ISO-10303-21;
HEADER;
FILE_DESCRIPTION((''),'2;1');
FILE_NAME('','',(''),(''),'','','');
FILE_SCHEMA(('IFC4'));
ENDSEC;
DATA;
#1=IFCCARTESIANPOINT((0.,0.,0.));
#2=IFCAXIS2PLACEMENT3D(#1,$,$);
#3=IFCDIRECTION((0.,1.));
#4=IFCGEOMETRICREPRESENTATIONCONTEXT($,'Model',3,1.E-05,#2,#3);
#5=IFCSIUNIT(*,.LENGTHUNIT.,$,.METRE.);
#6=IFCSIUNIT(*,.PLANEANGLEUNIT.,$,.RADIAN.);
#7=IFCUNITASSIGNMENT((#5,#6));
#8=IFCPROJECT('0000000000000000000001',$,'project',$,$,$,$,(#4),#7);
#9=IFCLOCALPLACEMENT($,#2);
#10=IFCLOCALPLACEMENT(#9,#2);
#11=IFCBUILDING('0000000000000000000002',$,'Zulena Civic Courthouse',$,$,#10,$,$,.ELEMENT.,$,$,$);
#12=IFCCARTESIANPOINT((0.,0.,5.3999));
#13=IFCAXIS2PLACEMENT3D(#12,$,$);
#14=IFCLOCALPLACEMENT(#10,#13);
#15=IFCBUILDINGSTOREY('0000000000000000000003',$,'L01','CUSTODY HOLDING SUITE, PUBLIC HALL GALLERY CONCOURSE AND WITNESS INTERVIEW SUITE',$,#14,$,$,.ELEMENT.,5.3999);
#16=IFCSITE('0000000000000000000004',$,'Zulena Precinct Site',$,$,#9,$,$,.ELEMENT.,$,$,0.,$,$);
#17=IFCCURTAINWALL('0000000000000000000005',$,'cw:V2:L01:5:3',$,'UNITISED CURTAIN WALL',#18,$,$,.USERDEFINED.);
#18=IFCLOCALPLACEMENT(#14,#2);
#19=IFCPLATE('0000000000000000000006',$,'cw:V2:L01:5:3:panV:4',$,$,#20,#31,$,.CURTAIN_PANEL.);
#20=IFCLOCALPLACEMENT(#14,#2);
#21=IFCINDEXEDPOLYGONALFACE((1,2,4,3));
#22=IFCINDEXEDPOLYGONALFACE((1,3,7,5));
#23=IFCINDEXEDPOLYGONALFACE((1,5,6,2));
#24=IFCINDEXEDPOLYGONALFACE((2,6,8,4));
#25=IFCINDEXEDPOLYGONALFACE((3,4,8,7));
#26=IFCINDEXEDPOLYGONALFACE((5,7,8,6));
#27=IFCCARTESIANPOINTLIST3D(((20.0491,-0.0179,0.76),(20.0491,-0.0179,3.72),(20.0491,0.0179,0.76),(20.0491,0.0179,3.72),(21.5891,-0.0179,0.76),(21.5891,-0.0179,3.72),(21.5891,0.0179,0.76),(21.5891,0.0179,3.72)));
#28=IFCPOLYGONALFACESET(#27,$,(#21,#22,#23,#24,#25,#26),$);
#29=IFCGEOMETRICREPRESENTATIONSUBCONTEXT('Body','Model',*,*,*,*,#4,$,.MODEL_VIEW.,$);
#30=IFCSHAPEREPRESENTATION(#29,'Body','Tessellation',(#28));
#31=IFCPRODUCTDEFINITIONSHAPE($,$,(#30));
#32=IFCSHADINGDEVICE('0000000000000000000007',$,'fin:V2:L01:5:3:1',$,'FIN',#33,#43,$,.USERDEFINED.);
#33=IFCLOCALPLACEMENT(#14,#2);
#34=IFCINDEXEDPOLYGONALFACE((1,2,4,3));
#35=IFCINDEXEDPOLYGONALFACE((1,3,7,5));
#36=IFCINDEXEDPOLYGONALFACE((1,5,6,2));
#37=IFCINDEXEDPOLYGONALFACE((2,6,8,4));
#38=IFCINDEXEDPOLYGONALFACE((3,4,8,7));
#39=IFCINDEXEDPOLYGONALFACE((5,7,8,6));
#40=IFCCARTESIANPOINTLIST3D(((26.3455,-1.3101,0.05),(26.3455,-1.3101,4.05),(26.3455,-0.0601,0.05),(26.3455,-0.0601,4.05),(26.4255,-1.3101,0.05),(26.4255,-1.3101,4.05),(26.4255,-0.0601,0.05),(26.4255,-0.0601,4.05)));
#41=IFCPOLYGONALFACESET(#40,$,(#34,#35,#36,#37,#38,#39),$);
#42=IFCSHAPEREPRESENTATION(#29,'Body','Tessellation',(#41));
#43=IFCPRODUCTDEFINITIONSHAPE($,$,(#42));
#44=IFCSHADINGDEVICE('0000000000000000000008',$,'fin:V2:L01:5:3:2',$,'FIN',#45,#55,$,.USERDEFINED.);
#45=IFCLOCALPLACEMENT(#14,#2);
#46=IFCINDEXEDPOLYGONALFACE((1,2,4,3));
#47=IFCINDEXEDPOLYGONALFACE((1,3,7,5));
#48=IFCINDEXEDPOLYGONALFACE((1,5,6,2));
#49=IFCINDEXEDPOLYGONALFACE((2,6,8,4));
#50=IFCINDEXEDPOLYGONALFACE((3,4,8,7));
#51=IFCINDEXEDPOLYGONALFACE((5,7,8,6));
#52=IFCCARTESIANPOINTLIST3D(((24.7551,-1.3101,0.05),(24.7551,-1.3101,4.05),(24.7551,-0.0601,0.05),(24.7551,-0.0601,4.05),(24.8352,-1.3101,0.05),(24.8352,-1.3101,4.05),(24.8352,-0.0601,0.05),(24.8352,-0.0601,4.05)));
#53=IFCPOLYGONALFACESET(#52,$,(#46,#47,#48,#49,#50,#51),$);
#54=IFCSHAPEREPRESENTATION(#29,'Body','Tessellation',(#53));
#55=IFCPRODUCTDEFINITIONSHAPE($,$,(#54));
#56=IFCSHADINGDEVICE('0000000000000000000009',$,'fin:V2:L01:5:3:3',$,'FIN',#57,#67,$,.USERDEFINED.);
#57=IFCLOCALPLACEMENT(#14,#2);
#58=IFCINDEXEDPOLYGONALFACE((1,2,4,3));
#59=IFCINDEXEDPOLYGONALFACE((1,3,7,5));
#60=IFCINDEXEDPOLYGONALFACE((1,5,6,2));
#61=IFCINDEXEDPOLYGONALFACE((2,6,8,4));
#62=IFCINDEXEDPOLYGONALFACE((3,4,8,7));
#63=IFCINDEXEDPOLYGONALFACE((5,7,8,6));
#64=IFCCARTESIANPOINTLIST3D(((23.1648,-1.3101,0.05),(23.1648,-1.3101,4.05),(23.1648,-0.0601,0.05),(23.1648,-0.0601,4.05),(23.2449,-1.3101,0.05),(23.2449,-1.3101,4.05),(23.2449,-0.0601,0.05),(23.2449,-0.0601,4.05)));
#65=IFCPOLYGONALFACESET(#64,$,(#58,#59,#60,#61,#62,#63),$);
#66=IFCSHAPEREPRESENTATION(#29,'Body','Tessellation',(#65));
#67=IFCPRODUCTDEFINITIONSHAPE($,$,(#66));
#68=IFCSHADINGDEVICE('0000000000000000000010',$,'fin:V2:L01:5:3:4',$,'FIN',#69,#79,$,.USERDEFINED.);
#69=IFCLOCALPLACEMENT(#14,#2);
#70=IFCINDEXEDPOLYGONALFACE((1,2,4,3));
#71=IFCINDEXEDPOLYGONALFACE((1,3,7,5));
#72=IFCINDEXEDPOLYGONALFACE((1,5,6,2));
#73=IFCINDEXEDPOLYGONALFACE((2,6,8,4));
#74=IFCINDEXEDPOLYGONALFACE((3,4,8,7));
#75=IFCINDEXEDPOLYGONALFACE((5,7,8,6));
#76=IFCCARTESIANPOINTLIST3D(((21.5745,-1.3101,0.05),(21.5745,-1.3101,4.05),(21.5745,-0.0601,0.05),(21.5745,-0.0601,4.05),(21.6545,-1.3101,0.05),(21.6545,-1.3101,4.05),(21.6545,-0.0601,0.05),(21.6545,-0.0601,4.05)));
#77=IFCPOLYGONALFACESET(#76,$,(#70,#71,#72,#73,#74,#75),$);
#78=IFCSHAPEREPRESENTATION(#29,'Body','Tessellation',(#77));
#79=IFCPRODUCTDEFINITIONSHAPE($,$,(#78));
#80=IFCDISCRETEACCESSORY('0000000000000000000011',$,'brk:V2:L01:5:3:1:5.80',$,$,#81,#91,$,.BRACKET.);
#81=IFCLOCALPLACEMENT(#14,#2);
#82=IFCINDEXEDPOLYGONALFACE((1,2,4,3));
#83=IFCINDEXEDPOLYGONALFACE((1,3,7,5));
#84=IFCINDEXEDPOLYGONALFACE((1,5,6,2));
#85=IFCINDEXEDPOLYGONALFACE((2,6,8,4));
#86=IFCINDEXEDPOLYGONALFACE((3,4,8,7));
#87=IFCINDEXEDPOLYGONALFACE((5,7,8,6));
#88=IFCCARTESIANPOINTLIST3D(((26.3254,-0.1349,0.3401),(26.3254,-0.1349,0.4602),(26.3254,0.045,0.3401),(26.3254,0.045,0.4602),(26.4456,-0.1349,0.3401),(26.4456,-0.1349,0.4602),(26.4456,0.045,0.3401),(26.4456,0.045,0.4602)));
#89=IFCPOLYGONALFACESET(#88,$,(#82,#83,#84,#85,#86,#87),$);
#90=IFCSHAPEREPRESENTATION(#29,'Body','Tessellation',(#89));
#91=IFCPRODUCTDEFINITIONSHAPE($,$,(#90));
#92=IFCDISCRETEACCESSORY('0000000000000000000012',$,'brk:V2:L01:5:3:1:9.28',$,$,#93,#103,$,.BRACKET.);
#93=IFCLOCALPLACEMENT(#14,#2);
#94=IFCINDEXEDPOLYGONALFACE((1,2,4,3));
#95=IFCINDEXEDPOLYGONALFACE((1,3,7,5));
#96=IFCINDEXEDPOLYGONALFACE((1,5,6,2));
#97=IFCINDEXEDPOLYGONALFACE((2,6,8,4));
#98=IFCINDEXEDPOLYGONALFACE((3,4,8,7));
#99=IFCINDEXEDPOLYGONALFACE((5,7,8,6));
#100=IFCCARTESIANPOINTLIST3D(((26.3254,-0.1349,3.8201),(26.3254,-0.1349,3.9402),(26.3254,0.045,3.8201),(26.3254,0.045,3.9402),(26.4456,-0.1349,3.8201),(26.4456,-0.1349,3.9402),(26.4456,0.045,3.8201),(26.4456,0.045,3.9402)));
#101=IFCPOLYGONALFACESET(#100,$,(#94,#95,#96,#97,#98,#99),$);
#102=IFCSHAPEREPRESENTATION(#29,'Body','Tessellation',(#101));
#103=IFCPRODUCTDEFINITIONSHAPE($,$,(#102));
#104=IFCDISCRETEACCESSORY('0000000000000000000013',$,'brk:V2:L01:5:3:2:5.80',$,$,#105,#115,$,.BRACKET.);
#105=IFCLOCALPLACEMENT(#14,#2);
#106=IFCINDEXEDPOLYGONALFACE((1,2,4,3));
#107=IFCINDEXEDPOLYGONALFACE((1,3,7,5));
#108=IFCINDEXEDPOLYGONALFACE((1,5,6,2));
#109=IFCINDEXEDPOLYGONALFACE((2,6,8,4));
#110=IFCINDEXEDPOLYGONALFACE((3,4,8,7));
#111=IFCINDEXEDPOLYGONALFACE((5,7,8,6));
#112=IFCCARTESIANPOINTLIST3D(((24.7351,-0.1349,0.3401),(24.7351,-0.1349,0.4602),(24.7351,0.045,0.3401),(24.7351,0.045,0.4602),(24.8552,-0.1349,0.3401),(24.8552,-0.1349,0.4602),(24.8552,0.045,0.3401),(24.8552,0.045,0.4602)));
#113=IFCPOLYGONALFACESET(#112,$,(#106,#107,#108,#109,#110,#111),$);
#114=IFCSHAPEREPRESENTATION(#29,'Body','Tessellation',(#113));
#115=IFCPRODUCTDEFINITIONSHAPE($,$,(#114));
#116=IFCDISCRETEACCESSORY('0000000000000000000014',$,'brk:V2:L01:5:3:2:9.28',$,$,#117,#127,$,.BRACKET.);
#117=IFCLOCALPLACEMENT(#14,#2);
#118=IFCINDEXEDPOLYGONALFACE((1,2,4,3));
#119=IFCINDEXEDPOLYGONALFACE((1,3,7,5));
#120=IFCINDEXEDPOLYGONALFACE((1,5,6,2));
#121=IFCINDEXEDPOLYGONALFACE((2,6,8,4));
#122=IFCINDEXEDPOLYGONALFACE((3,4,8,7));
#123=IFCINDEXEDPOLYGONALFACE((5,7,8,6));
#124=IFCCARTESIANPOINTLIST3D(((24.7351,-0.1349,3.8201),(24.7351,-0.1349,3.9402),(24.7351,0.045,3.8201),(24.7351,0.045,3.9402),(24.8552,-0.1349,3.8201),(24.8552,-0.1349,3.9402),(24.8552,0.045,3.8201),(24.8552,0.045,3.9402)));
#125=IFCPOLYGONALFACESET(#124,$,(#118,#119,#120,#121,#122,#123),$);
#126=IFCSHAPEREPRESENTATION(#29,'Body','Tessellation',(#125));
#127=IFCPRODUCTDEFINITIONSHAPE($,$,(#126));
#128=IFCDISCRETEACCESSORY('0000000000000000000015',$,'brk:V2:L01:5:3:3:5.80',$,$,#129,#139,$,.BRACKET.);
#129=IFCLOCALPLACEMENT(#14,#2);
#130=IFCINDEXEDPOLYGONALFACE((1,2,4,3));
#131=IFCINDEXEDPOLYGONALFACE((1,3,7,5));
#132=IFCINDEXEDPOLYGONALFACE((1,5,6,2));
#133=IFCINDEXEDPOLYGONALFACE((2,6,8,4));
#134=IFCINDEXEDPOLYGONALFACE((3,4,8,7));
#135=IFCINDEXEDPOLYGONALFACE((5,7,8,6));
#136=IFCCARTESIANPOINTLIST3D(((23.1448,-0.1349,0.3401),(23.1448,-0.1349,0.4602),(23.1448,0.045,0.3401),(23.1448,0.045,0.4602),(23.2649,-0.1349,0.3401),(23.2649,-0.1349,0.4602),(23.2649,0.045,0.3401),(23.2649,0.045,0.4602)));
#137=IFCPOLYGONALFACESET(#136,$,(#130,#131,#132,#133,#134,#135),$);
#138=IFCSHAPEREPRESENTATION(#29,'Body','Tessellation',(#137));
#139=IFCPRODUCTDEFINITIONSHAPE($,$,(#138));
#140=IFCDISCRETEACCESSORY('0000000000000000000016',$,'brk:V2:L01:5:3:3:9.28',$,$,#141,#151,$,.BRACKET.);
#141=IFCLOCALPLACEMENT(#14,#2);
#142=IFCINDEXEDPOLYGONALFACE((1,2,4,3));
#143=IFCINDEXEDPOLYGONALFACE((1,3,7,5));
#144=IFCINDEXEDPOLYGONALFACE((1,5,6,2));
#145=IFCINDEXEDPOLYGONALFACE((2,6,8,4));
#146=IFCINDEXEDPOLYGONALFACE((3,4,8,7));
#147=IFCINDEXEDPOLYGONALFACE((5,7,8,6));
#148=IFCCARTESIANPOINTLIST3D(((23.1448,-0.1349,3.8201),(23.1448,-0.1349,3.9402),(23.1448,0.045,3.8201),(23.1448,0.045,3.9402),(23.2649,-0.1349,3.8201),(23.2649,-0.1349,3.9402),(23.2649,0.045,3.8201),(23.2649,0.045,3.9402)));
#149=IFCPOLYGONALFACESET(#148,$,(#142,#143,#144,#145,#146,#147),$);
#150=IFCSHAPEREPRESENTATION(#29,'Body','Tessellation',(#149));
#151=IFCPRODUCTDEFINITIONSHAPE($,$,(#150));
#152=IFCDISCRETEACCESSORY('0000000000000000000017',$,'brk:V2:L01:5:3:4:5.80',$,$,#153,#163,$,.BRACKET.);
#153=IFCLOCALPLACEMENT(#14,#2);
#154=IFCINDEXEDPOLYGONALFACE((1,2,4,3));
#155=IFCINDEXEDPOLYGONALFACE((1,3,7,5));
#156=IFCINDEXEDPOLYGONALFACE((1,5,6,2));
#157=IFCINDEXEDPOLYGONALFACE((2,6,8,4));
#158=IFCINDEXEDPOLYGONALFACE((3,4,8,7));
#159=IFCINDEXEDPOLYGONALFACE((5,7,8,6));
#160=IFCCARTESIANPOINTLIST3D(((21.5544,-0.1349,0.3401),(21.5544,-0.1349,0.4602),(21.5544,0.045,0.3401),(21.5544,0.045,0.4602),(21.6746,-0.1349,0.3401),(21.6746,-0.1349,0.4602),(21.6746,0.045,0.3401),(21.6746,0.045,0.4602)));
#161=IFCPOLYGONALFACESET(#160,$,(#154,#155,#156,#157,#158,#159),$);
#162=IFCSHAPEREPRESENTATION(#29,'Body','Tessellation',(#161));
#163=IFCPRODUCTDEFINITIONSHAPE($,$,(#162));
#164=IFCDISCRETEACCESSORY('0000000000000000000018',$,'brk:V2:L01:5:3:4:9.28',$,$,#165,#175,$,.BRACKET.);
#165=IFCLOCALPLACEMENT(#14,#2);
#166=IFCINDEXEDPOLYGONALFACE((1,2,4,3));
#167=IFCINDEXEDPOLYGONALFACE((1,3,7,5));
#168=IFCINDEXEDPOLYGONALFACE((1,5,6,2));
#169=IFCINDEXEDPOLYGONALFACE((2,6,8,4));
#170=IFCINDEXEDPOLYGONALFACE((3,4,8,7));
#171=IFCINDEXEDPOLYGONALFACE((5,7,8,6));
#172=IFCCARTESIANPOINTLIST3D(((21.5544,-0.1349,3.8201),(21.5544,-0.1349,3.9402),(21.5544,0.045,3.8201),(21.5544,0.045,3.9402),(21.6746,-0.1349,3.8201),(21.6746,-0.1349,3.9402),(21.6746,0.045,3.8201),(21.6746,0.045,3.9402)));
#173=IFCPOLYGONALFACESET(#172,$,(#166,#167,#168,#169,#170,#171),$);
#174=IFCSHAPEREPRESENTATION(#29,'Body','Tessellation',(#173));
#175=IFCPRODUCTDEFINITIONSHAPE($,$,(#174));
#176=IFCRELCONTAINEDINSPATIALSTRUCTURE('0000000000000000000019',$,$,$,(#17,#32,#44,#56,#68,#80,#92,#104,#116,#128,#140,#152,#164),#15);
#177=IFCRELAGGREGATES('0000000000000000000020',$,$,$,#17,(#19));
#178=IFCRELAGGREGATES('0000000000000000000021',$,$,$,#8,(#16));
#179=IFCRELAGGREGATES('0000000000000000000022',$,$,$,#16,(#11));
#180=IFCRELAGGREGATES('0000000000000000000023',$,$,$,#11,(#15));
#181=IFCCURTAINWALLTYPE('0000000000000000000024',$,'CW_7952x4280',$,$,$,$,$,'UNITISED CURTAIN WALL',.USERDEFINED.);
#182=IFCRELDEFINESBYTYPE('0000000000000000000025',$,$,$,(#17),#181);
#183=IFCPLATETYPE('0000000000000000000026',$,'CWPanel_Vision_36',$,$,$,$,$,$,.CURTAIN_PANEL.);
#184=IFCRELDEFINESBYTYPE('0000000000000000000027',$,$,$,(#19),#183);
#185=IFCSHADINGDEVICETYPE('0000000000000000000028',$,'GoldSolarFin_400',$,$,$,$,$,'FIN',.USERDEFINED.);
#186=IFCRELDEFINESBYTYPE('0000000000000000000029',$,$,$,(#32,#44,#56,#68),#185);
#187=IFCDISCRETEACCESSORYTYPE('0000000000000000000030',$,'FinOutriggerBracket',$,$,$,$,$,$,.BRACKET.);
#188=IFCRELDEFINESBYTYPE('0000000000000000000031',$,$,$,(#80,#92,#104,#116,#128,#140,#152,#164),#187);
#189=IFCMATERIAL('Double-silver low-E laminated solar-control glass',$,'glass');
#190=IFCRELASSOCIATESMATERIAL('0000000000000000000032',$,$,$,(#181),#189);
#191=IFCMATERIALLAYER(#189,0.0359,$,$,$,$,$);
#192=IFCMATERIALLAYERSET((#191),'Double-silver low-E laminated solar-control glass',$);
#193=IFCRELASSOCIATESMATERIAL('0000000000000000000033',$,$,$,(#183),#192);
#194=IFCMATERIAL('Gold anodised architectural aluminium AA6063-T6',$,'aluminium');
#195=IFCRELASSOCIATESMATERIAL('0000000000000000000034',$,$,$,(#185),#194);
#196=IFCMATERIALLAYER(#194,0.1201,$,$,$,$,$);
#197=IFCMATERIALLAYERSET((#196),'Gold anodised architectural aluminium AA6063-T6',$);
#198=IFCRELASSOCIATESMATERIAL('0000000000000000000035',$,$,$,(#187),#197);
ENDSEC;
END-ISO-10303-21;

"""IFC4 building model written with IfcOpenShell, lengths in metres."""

from ifc_helpers import new_model, si_unit, direction, frame, origin, origin_2d, place, context, subcontext, project, spatial, rectangle, extrude, material, layer, layer_set, type_object, element, aggregate, save


model = new_model("IFC4")

# Units and contexts
model_context = context("Model", 3, precision=1e-05, world=origin(), true_north=direction((0.0, 1.0)))
body_context = subcontext(model_context, "Body", "Model", "MODEL_VIEW")
ifc_project = project(units=[si_unit("LENGTHUNIT", "METRE"), si_unit("PLANEANGLEUNIT", "RADIAN")], contexts=[model_context])

# Site, building, storey
site_placement = place(None, origin())
site = spatial("IfcSite", under=ifc_project, at=site_placement, Name="Zulena Precinct Site", CompositionType="ELEMENT", RefElevation=0.0)
building_placement = place(site_placement, origin())
building = spatial("IfcBuilding", under=site, at=building_placement, Name="Zulena Civic Courthouse", CompositionType="ELEMENT")
storey_placement = place(building_placement, frame((0.0, 0.0, 5.3999)))
storey = spatial("IfcBuildingStorey", under=building, at=storey_placement, Name="L01", Description="CUSTODY HOLDING SUITE, PUBLIC HALL GALLERY CONCOURSE AND WITNESS INTERVIEW SUITE", CompositionType="ELEMENT", Elevation=5.3999)

# Curtain wall
ifc_material_1 = material(Name="Double-silver low-E laminated solar-control glass", Category="glass")
curtain_wall_type = type_object("IfcCurtainWallType", Name="CW_7952x4280", ElementType="UNITISED CURTAIN WALL", PredefinedType="USERDEFINED", material=ifc_material_1)
curtain_wall_placement = place(storey_placement, origin())
curtain_wall = element("IfcCurtainWall", 1, at=curtain_wall_placement, inside=storey, type_object=curtain_wall_type, Name="cw:V2:L01:5:3", ObjectType="UNITISED CURTAIN WALL", PredefinedType="USERDEFINED")

# Plate
ifc_layer_1 = layer(ifc_material_1, 0.0359)
ifc_layer_set_1 = layer_set([ifc_layer_1], Name="Double-silver low-E laminated solar-control glass")
plate_type_1 = type_object("IfcPlateType", Name="CWPanel_Vision_36", PredefinedType="CURTAIN_PANEL", material=ifc_layer_set_1)
plate_1_placement = place(storey_placement, frame((20.8191, 0.0, 0.76), z_axis=(0.0, 0.0, 1.0), x_axis=(-1.0, 0.0, 0.0)))
plate_1 = element("IfcPlate", 2, at=plate_1_placement, type_object=plate_type_1, Name="cw:V2:L01:5:3:panV:4", PredefinedType="CURTAIN_PANEL", context=body_context, shape_type="SweptSolid", body=[
    extrude(rectangle(XDim=1.54, YDim=0.0359, at=origin_2d()), origin(), (0.0, 0.0, 1.0), 2.96),
])
aggregate(curtain_wall, [plate_1])

# Shading devices
ifc_material_2 = material(Name="Gold anodised architectural aluminium AA6063-T6", Category="aluminium")
shading_device_type = type_object("IfcShadingDeviceType", Name="GoldSolarFin_400", ElementType="FIN", PredefinedType="USERDEFINED", material=ifc_material_2)
for number, where, z_axis, x_axis, name in (
    (3, (26.3855, -0.6851, 0.05), (0.0, 0.0, 1.0), (0.0, -1.0, 0.0), "fin:V2:L01:5:3:1"),
    (4, (24.7952, -0.6851, 0.05), (0.0, 0.0, 1.0), (0.0, -1.0, 0.0), "fin:V2:L01:5:3:2"),
    (5, (23.2048, -0.6851, 0.05), (0.0, 0.0, 1.0), (0.0, -1.0, 0.0), "fin:V2:L01:5:3:3"),
    (6, (21.6145, -0.6851, 0.05), (0.0, 0.0, 1.0), (0.0, -1.0, 0.0), "fin:V2:L01:5:3:4"),
):
    element("IfcShadingDevice", number, at=place(storey_placement, frame(where, z_axis=z_axis, x_axis=x_axis)), inside=storey, type_object=shading_device_type, Name=name, ObjectType="FIN", PredefinedType="USERDEFINED", context=body_context, shape_type="SweptSolid", body=[
        extrude(rectangle(XDim=1.25, YDim=0.0801, at=origin_2d()), origin(), (0.0, 0.0, 1.0), 4.0),
    ])

# Discrete accessories
ifc_layer_2 = layer(ifc_material_2, 0.1201)
ifc_layer_set_2 = layer_set([ifc_layer_2], Name="Gold anodised architectural aluminium AA6063-T6")
discrete_accessory_type = type_object("IfcDiscreteAccessoryType", Name="FinOutriggerBracket", PredefinedType="BRACKET", material=ifc_layer_set_2)
for number, where, z_axis, x_axis, name in (
    (7, (26.3855, -0.0449, 0.3401), (0.0, 0.0, 1.0), (0.0, -1.0, 0.0), "brk:V2:L01:5:3:1:5.80"),
    (8, (26.3855, -0.0449, 3.8201), (0.0, 0.0, 1.0), (0.0, -1.0, 0.0), "brk:V2:L01:5:3:1:9.28"),
    (9, (24.7952, -0.0449, 0.3401), (0.0, 0.0, 1.0), (0.0, -1.0, 0.0), "brk:V2:L01:5:3:2:5.80"),
    (10, (24.7952, -0.0449, 3.8201), (0.0, 0.0, 1.0), (0.0, -1.0, 0.0), "brk:V2:L01:5:3:2:9.28"),
    (11, (23.2048, -0.0449, 0.3401), (0.0, 0.0, 1.0), (0.0, -1.0, 0.0), "brk:V2:L01:5:3:3:5.80"),
    (12, (23.2048, -0.0449, 3.8201), (0.0, 0.0, 1.0), (0.0, -1.0, 0.0), "brk:V2:L01:5:3:3:9.28"),
    (13, (21.6145, -0.0449, 0.3401), (0.0, 0.0, 1.0), (0.0, -1.0, 0.0), "brk:V2:L01:5:3:4:5.80"),
    (14, (21.6145, -0.0449, 3.8201), (0.0, 0.0, 1.0), (0.0, -1.0, 0.0), "brk:V2:L01:5:3:4:9.28"),
):
    element("IfcDiscreteAccessory", number, at=place(storey_placement, frame(where, z_axis=z_axis, x_axis=x_axis)), inside=storey, type_object=discrete_accessory_type, Name=name, PredefinedType="BRACKET", context=body_context, shape_type="SweptSolid", body=[
        extrude(rectangle(XDim=0.1799, YDim=0.1201, at=origin_2d()), origin(), (0.0, 0.0, 1.0), 0.1201),
    ])

save(model, "model.ifc")
